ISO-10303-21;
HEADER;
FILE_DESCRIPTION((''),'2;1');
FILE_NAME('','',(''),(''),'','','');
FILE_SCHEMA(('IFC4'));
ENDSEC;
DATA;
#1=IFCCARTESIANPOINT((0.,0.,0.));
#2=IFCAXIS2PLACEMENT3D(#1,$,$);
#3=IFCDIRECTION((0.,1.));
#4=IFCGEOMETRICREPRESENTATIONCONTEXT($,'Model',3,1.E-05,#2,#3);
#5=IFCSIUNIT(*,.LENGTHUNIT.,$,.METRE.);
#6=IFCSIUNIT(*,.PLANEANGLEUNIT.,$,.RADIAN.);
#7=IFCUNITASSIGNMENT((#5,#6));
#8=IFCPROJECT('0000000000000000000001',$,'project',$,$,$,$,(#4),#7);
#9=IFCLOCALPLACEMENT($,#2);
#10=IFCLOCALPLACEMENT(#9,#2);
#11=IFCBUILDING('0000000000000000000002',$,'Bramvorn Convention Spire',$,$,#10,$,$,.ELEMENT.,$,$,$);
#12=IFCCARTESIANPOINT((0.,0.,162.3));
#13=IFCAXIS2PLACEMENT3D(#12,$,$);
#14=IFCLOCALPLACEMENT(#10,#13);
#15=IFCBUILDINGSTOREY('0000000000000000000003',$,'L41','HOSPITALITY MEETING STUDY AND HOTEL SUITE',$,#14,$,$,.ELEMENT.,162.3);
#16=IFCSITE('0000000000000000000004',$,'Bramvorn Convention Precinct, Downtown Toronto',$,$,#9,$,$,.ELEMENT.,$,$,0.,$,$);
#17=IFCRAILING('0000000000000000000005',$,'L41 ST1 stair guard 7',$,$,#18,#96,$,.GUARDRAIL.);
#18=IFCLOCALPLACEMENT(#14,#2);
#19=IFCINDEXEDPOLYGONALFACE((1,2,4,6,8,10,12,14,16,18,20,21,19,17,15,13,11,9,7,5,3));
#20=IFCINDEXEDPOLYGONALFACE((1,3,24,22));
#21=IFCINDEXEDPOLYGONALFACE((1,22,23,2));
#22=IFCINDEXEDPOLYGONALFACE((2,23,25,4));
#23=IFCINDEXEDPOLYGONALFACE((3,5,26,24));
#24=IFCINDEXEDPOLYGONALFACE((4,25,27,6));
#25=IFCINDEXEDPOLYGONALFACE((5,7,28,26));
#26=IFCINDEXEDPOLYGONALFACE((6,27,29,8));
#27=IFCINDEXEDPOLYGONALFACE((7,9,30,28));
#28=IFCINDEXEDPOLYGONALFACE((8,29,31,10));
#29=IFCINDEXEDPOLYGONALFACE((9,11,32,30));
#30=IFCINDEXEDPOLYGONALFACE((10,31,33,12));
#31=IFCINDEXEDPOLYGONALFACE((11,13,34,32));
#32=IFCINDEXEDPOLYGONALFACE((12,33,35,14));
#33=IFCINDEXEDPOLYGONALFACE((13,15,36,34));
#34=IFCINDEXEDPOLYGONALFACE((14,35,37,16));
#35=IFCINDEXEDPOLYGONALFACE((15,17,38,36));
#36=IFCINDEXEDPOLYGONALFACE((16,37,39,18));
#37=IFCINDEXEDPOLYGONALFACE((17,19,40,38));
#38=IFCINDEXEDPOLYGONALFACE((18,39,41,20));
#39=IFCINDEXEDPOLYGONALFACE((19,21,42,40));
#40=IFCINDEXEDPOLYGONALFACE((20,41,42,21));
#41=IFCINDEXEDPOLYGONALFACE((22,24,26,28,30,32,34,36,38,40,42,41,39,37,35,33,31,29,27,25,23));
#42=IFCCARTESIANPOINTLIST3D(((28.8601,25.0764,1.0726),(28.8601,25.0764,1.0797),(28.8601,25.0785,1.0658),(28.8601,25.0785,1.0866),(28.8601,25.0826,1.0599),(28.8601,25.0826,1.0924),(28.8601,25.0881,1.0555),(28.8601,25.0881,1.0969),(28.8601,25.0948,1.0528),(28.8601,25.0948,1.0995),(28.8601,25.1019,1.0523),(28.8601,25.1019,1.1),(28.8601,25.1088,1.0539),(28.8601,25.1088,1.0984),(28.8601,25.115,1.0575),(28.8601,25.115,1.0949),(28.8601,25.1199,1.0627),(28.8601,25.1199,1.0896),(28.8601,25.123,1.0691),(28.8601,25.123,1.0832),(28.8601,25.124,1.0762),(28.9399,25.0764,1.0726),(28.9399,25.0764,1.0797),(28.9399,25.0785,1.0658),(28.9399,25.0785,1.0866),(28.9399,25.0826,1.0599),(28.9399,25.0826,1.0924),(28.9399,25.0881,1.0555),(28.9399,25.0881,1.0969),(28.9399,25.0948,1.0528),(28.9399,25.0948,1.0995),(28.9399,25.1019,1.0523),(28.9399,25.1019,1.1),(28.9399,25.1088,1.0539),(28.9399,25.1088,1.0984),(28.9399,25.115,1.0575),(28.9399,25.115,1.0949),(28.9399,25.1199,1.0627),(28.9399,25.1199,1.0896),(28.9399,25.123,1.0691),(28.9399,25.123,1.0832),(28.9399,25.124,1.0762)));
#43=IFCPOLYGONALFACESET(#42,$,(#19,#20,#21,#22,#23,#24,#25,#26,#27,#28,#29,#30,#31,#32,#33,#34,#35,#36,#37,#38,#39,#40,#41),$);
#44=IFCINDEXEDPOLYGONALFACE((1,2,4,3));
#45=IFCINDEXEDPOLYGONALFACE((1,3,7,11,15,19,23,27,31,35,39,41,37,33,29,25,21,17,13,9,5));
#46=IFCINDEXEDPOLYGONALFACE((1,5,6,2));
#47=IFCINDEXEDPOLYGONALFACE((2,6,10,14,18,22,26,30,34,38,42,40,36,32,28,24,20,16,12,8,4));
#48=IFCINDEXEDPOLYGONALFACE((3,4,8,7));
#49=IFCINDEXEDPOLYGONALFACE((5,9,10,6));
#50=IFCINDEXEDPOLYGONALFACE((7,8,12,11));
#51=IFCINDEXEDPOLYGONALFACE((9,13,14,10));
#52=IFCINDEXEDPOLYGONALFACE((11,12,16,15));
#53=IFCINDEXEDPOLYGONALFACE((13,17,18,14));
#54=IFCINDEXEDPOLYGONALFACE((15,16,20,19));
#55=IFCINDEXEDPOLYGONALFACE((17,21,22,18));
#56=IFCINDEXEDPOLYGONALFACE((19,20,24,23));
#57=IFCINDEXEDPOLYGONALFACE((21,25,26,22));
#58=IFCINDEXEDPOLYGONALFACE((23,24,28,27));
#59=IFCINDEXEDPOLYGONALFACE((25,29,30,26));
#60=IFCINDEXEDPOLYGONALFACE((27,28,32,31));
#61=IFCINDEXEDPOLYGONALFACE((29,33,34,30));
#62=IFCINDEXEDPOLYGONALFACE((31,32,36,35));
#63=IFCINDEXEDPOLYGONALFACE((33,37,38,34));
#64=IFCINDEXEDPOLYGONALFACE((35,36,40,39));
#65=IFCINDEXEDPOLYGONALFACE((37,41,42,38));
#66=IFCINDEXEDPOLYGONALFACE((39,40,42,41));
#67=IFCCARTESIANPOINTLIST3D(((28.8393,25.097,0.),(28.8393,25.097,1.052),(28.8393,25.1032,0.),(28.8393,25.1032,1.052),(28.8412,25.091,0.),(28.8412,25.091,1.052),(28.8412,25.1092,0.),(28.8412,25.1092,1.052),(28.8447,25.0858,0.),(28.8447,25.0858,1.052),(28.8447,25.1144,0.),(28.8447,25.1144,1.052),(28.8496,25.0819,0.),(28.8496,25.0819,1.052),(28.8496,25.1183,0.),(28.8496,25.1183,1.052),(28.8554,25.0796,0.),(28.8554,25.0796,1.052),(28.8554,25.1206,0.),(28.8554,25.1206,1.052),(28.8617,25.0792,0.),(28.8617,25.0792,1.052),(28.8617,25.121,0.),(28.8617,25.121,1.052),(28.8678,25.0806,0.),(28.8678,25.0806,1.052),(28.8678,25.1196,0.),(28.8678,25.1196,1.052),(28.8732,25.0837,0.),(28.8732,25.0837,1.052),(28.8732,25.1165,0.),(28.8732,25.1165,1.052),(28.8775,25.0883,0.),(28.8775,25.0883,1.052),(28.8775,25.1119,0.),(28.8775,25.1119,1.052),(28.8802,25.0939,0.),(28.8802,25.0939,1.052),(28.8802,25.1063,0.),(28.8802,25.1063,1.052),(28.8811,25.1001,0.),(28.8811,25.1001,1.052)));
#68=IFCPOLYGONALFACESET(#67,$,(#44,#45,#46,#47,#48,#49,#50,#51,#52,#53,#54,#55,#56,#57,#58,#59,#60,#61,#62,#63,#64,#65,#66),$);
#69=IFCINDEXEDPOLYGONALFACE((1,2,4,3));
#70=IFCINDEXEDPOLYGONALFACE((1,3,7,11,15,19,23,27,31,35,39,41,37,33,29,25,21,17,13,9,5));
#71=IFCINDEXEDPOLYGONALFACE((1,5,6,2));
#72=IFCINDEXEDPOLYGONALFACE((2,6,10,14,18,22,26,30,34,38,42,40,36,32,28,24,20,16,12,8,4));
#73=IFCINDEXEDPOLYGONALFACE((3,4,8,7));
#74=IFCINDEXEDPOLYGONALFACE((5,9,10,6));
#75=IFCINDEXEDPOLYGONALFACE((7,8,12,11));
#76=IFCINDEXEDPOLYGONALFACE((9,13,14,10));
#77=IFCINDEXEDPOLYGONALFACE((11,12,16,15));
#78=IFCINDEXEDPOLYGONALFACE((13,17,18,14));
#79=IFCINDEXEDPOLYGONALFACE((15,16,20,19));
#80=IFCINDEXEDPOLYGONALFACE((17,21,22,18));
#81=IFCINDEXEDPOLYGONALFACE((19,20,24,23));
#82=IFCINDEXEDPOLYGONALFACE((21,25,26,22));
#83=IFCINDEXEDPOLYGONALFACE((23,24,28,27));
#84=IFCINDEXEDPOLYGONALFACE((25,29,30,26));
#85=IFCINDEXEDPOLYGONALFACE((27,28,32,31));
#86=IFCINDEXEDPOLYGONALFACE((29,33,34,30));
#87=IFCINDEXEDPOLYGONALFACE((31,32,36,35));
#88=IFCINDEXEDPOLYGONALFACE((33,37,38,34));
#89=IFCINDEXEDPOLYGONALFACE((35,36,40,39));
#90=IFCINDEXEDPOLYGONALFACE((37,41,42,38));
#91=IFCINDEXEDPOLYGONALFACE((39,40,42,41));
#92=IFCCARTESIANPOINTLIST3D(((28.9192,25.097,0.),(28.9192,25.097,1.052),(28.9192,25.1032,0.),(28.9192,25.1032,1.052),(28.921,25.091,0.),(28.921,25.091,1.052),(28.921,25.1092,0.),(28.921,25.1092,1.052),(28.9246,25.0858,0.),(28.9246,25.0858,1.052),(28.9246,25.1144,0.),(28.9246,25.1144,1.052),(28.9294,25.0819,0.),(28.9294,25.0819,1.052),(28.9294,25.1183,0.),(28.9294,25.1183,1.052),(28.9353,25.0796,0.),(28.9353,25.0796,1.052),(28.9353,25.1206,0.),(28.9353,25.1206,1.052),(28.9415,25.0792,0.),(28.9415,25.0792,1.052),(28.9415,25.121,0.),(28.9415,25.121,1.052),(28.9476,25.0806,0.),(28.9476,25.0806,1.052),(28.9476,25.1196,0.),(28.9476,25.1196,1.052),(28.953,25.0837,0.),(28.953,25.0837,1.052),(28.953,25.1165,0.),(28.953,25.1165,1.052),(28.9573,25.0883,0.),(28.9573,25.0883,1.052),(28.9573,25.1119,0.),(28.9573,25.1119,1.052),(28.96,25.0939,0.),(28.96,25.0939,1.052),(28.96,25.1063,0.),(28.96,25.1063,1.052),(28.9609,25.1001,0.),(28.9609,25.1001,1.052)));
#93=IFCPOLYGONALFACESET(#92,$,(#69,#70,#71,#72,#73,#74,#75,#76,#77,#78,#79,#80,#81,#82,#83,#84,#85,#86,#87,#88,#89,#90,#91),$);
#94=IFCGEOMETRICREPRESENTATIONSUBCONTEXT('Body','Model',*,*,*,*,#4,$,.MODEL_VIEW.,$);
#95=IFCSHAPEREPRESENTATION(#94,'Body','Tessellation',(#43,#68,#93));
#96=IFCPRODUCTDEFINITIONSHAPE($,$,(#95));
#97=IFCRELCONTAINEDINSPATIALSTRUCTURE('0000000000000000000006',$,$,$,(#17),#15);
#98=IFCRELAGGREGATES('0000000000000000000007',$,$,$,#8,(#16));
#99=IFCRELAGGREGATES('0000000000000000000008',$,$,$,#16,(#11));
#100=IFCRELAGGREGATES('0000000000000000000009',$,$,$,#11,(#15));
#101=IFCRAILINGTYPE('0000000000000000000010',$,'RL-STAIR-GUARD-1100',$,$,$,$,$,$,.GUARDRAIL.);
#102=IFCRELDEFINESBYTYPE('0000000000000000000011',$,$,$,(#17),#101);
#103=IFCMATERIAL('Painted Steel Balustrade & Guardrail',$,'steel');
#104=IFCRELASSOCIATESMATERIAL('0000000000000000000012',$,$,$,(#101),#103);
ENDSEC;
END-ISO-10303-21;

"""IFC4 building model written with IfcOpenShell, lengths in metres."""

from ifc_helpers import new_model, si_unit, direction, frame, origin, origin_2d, place, context, subcontext, project, spatial, circle, extrude, material, type_object, element, save


model = new_model("IFC4")

# Units and contexts
model_context = context("Model", 3, precision=1e-05, world=origin(), true_north=direction((0.0, 1.0)))
body_context = subcontext(model_context, "Body", "Model", "MODEL_VIEW")
ifc_project = project(units=[si_unit("LENGTHUNIT", "METRE"), si_unit("PLANEANGLEUNIT", "RADIAN")], contexts=[model_context])

# Site, building, storey
site_placement = place(None, origin())
site = spatial("IfcSite", under=ifc_project, at=site_placement, Name="Bramvorn Convention Precinct, Downtown Toronto", CompositionType="ELEMENT", RefElevation=0.0)
building_placement = place(site_placement, origin())
building = spatial("IfcBuilding", under=site, at=building_placement, Name="Bramvorn Convention Spire", CompositionType="ELEMENT")
storey_placement = place(building_placement, frame((0.0, 0.0, 162.3)))
storey = spatial("IfcBuildingStorey", under=building, at=storey_placement, Name="L41", Description="HOSPITALITY MEETING STUDY AND HOTEL SUITE", CompositionType="ELEMENT", Elevation=162.3)

# Railing
ifc_material_1 = material(Name="Painted Steel Balustrade & Guardrail", Category="steel")
railing_type_1 = type_object("IfcRailingType", Name="RL-STAIR-GUARD-1100", PredefinedType="GUARDRAIL", material=ifc_material_1)
railing_1_placement = place(storey_placement, frame((28.8601, 25.1001, 0.0)))
element("IfcRailing", 1, at=railing_1_placement, inside=storey, type_object=railing_type_1, Name="L41 ST1 stair guard 7", PredefinedType="GUARDRAIL", context=body_context, shape_type="SweptSolid", body=[
    extrude(circle(Radius=0.0239, at=origin_2d()), frame((0.0, 0.0, 1.0762), z_axis=(1.0, 0.0, 0.0), x_axis=(0.0, 1.0, 0.0)), (0.0, 0.0, 1.0), 0.0798),
    extrude(circle(Radius=0.021, at=origin_2d()), origin(), (0.0, 0.0, 1.0), 1.052),
    extrude(circle(Radius=0.021, at=origin_2d()), frame((0.0798, 0.0, 0.0)), (0.0, 0.0, 1.0), 1.052),
])

save(model, "model.ifc")
